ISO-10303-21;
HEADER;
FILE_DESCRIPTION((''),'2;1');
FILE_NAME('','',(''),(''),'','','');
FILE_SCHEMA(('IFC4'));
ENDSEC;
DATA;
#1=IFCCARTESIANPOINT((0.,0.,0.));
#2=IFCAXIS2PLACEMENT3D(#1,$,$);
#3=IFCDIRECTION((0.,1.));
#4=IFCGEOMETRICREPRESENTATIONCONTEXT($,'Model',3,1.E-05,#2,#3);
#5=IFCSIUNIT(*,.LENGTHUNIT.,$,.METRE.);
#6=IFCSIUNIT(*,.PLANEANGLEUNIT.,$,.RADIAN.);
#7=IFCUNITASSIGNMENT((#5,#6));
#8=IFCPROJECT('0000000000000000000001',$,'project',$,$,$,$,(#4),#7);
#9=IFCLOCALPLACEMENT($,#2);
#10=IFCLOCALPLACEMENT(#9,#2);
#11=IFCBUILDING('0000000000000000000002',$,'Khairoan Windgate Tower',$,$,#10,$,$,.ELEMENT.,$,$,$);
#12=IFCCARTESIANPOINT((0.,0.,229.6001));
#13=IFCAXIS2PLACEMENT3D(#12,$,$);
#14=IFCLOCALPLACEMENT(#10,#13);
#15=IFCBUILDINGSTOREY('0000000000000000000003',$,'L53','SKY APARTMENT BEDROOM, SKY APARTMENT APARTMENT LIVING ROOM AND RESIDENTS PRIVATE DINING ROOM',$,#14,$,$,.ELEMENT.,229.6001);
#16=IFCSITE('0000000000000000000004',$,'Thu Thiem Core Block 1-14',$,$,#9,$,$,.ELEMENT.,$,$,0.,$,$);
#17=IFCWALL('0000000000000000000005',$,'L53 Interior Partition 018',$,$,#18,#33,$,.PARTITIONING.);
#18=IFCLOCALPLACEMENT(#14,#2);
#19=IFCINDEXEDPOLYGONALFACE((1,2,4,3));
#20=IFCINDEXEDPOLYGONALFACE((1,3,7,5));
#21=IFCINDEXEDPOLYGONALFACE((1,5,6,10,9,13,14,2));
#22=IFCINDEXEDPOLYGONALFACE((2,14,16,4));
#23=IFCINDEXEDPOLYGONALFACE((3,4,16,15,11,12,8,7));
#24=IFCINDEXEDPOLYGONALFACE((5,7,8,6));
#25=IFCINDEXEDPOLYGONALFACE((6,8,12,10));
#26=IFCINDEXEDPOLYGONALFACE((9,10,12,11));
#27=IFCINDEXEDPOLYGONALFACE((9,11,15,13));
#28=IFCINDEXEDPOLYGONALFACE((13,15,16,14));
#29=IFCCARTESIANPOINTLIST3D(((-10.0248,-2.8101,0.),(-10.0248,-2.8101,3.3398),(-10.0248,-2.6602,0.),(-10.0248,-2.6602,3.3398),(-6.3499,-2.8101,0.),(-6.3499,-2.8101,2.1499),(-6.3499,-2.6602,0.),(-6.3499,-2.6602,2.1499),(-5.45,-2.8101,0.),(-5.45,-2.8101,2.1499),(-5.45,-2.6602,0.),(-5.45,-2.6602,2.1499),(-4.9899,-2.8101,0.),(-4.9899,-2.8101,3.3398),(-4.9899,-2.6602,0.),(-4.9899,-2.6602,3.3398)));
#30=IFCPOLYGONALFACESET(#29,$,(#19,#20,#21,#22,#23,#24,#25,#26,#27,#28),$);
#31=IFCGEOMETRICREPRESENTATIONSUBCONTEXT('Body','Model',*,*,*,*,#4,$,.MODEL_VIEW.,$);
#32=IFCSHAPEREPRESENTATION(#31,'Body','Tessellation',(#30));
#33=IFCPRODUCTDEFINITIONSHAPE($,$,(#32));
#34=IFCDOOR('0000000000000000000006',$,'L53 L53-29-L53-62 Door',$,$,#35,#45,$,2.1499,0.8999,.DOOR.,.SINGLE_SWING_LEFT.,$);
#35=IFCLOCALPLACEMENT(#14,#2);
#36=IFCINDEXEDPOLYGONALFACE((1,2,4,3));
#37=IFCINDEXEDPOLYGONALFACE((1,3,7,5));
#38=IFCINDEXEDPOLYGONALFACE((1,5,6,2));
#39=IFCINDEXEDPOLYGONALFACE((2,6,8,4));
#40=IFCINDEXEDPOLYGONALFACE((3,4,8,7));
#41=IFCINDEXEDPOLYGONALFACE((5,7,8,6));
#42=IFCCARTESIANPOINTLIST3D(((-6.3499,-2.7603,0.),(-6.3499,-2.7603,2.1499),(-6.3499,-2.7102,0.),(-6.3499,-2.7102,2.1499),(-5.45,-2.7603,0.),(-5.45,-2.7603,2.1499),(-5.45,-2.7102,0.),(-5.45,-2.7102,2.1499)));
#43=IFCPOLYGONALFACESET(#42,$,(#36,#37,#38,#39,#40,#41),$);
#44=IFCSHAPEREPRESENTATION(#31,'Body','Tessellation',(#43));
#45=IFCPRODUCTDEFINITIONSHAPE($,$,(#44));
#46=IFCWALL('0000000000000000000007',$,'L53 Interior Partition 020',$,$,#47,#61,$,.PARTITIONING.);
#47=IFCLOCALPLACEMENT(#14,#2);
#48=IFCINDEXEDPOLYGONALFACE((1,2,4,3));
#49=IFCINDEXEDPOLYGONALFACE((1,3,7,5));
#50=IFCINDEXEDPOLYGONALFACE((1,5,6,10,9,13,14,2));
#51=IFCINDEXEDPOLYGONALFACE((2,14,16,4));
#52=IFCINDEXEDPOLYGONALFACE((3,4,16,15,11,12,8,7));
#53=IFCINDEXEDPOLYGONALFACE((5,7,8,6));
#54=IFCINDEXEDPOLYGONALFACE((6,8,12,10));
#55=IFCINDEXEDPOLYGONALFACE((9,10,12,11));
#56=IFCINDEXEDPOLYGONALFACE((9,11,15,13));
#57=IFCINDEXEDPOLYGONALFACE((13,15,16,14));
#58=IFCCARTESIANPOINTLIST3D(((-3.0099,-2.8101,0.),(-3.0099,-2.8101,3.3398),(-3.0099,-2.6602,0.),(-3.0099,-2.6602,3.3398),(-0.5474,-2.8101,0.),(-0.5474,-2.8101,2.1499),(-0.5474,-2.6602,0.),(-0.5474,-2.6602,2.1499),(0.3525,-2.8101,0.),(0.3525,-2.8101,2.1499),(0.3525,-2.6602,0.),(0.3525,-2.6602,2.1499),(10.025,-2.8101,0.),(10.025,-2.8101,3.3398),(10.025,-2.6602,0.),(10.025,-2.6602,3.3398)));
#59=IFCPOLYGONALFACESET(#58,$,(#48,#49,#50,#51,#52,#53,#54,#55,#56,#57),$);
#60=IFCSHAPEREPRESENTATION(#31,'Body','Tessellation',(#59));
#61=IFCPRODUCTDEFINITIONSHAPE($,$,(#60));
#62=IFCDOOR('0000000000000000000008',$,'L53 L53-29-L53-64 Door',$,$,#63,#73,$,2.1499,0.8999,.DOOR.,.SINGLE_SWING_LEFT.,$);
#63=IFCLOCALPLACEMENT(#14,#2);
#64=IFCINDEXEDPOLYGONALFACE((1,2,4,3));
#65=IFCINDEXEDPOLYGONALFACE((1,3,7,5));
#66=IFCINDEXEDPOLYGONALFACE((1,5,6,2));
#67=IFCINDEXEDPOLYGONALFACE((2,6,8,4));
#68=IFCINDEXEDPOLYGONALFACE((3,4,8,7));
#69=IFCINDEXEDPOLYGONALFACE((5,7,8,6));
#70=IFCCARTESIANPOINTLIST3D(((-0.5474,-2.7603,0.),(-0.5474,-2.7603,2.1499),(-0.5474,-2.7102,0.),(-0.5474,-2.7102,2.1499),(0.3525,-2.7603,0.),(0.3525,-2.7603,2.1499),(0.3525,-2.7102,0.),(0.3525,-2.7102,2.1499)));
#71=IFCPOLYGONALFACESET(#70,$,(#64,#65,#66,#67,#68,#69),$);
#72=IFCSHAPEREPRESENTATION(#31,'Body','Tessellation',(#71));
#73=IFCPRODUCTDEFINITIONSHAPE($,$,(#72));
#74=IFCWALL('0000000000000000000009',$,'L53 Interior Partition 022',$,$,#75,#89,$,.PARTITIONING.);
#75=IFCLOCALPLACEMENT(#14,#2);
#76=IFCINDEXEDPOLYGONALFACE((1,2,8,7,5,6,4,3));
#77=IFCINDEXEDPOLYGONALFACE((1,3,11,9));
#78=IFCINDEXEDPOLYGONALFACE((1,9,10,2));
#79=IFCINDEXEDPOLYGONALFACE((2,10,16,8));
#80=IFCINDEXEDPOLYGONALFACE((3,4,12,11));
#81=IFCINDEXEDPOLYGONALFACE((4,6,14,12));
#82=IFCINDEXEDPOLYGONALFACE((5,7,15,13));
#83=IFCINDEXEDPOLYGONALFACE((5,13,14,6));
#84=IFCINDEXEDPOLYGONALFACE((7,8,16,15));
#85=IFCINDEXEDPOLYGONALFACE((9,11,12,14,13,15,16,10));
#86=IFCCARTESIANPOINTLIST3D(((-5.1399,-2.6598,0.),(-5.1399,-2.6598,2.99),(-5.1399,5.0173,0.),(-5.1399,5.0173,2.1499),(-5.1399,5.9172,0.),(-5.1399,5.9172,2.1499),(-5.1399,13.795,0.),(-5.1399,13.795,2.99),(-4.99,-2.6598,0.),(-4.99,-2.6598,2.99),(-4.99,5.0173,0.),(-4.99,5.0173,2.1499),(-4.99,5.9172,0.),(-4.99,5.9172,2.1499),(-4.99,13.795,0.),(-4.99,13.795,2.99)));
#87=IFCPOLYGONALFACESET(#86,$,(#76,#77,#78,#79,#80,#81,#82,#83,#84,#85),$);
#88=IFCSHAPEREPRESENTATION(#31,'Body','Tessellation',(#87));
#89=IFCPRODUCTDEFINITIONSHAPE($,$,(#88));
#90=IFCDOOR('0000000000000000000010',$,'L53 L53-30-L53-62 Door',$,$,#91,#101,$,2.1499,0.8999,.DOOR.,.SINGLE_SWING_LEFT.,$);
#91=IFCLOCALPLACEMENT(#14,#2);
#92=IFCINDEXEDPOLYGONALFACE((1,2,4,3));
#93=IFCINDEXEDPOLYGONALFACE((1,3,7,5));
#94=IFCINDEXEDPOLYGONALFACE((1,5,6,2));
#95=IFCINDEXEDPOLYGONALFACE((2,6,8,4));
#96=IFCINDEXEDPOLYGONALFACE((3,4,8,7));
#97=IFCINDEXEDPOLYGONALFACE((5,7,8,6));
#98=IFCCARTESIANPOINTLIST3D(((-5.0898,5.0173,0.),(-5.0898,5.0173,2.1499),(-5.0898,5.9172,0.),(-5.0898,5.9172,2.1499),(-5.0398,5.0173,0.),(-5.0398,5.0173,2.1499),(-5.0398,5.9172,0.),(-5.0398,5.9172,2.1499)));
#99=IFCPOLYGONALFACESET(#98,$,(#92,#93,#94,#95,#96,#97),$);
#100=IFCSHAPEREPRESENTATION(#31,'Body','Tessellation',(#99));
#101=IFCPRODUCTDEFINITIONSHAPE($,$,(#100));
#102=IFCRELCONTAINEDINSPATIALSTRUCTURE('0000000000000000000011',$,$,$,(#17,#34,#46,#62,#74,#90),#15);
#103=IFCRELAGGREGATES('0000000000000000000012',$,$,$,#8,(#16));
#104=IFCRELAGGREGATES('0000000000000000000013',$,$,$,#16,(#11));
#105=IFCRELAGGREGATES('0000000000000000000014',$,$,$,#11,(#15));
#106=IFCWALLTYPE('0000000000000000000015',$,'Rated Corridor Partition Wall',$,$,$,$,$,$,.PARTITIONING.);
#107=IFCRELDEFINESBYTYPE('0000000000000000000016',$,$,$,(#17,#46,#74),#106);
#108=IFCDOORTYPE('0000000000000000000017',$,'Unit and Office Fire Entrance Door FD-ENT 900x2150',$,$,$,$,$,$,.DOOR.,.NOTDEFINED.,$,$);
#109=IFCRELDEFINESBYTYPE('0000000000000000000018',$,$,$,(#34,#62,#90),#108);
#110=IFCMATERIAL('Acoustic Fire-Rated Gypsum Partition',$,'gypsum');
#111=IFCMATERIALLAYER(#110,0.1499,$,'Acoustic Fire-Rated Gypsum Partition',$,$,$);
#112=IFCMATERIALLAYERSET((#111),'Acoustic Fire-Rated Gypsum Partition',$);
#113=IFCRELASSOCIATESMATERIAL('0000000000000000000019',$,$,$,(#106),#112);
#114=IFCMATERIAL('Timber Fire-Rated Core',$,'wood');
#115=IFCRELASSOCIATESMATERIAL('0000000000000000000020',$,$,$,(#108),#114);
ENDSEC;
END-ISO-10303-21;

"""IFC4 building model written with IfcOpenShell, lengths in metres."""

from ifc_helpers import new_model, si_unit, direction, frame, frame_2d, origin, place, context, subcontext, project, spatial, rectangle, extrude, material, layer, layer_set, type_object, element, fill, save


model = new_model("IFC4")

# Units and contexts
model_context = context("Model", 3, precision=1e-05, world=origin(), true_north=direction((0.0, 1.0)))
body_context = subcontext(model_context, "Body", "Model", "MODEL_VIEW")
ifc_project = project(units=[si_unit("LENGTHUNIT", "METRE"), si_unit("PLANEANGLEUNIT", "RADIAN")], contexts=[model_context])

# Site, building, storey
site_placement = place(None, origin())
site = spatial("IfcSite", under=ifc_project, at=site_placement, Name="Thu Thiem Core Block 1-14", CompositionType="ELEMENT", RefElevation=0.0)
building_placement = place(site_placement, origin())
building = spatial("IfcBuilding", under=site, at=building_placement, Name="Khairoan Windgate Tower", CompositionType="ELEMENT")
storey_placement = place(building_placement, frame((0.0, 0.0, 229.6001)))
storey = spatial("IfcBuildingStorey", under=building, at=storey_placement, Name="L53", Description="SKY APARTMENT BEDROOM, SKY APARTMENT APARTMENT LIVING ROOM AND RESIDENTS PRIVATE DINING ROOM", CompositionType="ELEMENT", Elevation=229.6001)

# Walls, openings, doors
ifc_material_1 = material(Name="Acoustic Fire-Rated Gypsum Partition", Category="gypsum")
ifc_layer_1 = layer(ifc_material_1, 0.1499, Name="Acoustic Fire-Rated Gypsum Partition")
ifc_layer_set_1 = layer_set([ifc_layer_1], Name="Acoustic Fire-Rated Gypsum Partition")
wall_type_1 = type_object("IfcWallType", Name="Rated Corridor Partition Wall", PredefinedType="PARTITIONING", material=ifc_layer_set_1)
wall_1_placement = place(storey_placement, frame((-10.0249, -2.7351, 0.0), z_axis=(0.0, 0.0, 1.0), x_axis=(1.0, 0.0, 0.0)))
wall_1 = element("IfcWall", 1, at=wall_1_placement, inside=storey, type_object=wall_type_1, Name="L53 Interior Partition 018", PredefinedType="PARTITIONING", context=body_context, shape_type="SweptSolid", body=[
    extrude(rectangle(XDim=5.0349, YDim=0.1499, at=frame_2d((2.5176, 0.0))), origin(), (0.0, 0.0, 1.0), 3.3398),
])
opening_1_placement = place(wall_1_placement, frame((3.675, 0.0, 0.0)))
opening_1 = element("IfcOpeningElement", 2, at=opening_1_placement, cuts=wall_1, PredefinedType="OPENING", context=body_context, shape_type="SweptSolid", body=[
    extrude(rectangle(XDim=0.8999, YDim=2.1499, at=frame_2d((0.45, 1.075))), frame((0.0, 0.085, 0.0), z_axis=(0.0, -1.0, 0.0), x_axis=(1.0, 0.0, 0.0)), (0.0, 0.0, 1.0), 0.1699),
])
ifc_material_2 = material(Name="Timber Fire-Rated Core", Category="wood")
door_type = type_object("IfcDoorType", Name="Unit and Office Fire Entrance Door FD-ENT 900x2150", OperationType="NOTDEFINED", PredefinedType="DOOR", material=ifc_material_2)
door_1_placement = place(opening_1_placement, origin())
door_1 = element("IfcDoor", 3, at=door_1_placement, inside=storey, type_object=door_type, Name="L53 L53-29-L53-62 Door", OperationType="SINGLE_SWING_LEFT", OverallHeight=2.1499, OverallWidth=0.8999, PredefinedType="DOOR", context=body_context, shape_type="SweptSolid", body=[
    extrude(rectangle(XDim=0.8999, YDim=2.1499, at=frame_2d((0.45, 1.075))), frame((0.0, 0.0249, 0.0), z_axis=(0.0, -1.0, 0.0), x_axis=(1.0, 0.0, 0.0)), (0.0, 0.0, 1.0), 0.05),
])
fill(opening_1, door_1)
wall_2_placement = place(storey_placement, frame((-3.01, -2.7351, 0.0), z_axis=(0.0, 0.0, 1.0), x_axis=(1.0, 0.0, 0.0)))
wall_2 = element("IfcWall", 4, at=wall_2_placement, inside=storey, type_object=wall_type_1, Name="L53 Interior Partition 020", PredefinedType="PARTITIONING", context=body_context, shape_type="SweptSolid", body=[
    extrude(rectangle(XDim=13.0349, YDim=0.1499, at=frame_2d((6.5176, 0.0))), origin(), (0.0, 0.0, 1.0), 3.3398),
])
opening_2_placement = place(wall_2_placement, frame((2.4626, 0.0, 0.0)))
opening_2 = element("IfcOpeningElement", 5, at=opening_2_placement, cuts=wall_2, PredefinedType="OPENING", context=body_context, shape_type="SweptSolid", body=[
    extrude(rectangle(XDim=0.8999, YDim=2.1499, at=frame_2d((0.45, 1.075))), frame((0.0, 0.085, 0.0), z_axis=(0.0, -1.0, 0.0), x_axis=(1.0, 0.0, 0.0)), (0.0, 0.0, 1.0), 0.1699),
])
door_2_placement = place(opening_2_placement, origin())
door_2 = element("IfcDoor", 6, at=door_2_placement, inside=storey, type_object=door_type, Name="L53 L53-29-L53-64 Door", OperationType="SINGLE_SWING_LEFT", OverallHeight=2.1499, OverallWidth=0.8999, PredefinedType="DOOR", context=body_context, shape_type="SweptSolid", body=[
    extrude(rectangle(XDim=0.8999, YDim=2.1499, at=frame_2d((0.45, 1.075))), frame((0.0, 0.0249, 0.0), z_axis=(0.0, -1.0, 0.0), x_axis=(1.0, 0.0, 0.0)), (0.0, 0.0, 1.0), 0.05),
])
fill(opening_2, door_2)
wall_3_placement = place(storey_placement, frame((-5.0649, -2.6599, 0.0), z_axis=(0.0, 0.0, 1.0), x_axis=(0.0, 1.0, 0.0)))
wall_3 = element("IfcWall", 7, at=wall_3_placement, inside=storey, type_object=wall_type_1, Name="L53 Interior Partition 022", PredefinedType="PARTITIONING", context=body_context, shape_type="SweptSolid", body=[
    extrude(rectangle(XDim=16.4548, YDim=0.1499, at=frame_2d((8.2275, 0.0))), origin(), (0.0, 0.0, 1.0), 2.99),
])
opening_3_placement = place(wall_3_placement, frame((7.6772, 0.0, 0.0)))
opening_3 = element("IfcOpeningElement", 8, at=opening_3_placement, cuts=wall_3, PredefinedType="OPENING", context=body_context, shape_type="SweptSolid", body=[
    extrude(rectangle(XDim=0.8999, YDim=2.1499, at=frame_2d((0.45, 1.075))), frame((0.0, 0.085, 0.0), z_axis=(0.0, -1.0, 0.0), x_axis=(1.0, 0.0, 0.0)), (0.0, 0.0, 1.0), 0.1699),
])
door_3_placement = place(opening_3_placement, origin())
door_3 = element("IfcDoor", 9, at=door_3_placement, inside=storey, type_object=door_type, Name="L53 L53-30-L53-62 Door", OperationType="SINGLE_SWING_LEFT", OverallHeight=2.1499, OverallWidth=0.8999, PredefinedType="DOOR", context=body_context, shape_type="SweptSolid", body=[
    extrude(rectangle(XDim=0.8999, YDim=2.1499, at=frame_2d((0.45, 1.075))), frame((0.0, 0.0249, 0.0), z_axis=(0.0, -1.0, 0.0), x_axis=(1.0, 0.0, 0.0)), (0.0, 0.0, 1.0), 0.05),
])
fill(opening_3, door_3)

save(model, "model.ifc")
